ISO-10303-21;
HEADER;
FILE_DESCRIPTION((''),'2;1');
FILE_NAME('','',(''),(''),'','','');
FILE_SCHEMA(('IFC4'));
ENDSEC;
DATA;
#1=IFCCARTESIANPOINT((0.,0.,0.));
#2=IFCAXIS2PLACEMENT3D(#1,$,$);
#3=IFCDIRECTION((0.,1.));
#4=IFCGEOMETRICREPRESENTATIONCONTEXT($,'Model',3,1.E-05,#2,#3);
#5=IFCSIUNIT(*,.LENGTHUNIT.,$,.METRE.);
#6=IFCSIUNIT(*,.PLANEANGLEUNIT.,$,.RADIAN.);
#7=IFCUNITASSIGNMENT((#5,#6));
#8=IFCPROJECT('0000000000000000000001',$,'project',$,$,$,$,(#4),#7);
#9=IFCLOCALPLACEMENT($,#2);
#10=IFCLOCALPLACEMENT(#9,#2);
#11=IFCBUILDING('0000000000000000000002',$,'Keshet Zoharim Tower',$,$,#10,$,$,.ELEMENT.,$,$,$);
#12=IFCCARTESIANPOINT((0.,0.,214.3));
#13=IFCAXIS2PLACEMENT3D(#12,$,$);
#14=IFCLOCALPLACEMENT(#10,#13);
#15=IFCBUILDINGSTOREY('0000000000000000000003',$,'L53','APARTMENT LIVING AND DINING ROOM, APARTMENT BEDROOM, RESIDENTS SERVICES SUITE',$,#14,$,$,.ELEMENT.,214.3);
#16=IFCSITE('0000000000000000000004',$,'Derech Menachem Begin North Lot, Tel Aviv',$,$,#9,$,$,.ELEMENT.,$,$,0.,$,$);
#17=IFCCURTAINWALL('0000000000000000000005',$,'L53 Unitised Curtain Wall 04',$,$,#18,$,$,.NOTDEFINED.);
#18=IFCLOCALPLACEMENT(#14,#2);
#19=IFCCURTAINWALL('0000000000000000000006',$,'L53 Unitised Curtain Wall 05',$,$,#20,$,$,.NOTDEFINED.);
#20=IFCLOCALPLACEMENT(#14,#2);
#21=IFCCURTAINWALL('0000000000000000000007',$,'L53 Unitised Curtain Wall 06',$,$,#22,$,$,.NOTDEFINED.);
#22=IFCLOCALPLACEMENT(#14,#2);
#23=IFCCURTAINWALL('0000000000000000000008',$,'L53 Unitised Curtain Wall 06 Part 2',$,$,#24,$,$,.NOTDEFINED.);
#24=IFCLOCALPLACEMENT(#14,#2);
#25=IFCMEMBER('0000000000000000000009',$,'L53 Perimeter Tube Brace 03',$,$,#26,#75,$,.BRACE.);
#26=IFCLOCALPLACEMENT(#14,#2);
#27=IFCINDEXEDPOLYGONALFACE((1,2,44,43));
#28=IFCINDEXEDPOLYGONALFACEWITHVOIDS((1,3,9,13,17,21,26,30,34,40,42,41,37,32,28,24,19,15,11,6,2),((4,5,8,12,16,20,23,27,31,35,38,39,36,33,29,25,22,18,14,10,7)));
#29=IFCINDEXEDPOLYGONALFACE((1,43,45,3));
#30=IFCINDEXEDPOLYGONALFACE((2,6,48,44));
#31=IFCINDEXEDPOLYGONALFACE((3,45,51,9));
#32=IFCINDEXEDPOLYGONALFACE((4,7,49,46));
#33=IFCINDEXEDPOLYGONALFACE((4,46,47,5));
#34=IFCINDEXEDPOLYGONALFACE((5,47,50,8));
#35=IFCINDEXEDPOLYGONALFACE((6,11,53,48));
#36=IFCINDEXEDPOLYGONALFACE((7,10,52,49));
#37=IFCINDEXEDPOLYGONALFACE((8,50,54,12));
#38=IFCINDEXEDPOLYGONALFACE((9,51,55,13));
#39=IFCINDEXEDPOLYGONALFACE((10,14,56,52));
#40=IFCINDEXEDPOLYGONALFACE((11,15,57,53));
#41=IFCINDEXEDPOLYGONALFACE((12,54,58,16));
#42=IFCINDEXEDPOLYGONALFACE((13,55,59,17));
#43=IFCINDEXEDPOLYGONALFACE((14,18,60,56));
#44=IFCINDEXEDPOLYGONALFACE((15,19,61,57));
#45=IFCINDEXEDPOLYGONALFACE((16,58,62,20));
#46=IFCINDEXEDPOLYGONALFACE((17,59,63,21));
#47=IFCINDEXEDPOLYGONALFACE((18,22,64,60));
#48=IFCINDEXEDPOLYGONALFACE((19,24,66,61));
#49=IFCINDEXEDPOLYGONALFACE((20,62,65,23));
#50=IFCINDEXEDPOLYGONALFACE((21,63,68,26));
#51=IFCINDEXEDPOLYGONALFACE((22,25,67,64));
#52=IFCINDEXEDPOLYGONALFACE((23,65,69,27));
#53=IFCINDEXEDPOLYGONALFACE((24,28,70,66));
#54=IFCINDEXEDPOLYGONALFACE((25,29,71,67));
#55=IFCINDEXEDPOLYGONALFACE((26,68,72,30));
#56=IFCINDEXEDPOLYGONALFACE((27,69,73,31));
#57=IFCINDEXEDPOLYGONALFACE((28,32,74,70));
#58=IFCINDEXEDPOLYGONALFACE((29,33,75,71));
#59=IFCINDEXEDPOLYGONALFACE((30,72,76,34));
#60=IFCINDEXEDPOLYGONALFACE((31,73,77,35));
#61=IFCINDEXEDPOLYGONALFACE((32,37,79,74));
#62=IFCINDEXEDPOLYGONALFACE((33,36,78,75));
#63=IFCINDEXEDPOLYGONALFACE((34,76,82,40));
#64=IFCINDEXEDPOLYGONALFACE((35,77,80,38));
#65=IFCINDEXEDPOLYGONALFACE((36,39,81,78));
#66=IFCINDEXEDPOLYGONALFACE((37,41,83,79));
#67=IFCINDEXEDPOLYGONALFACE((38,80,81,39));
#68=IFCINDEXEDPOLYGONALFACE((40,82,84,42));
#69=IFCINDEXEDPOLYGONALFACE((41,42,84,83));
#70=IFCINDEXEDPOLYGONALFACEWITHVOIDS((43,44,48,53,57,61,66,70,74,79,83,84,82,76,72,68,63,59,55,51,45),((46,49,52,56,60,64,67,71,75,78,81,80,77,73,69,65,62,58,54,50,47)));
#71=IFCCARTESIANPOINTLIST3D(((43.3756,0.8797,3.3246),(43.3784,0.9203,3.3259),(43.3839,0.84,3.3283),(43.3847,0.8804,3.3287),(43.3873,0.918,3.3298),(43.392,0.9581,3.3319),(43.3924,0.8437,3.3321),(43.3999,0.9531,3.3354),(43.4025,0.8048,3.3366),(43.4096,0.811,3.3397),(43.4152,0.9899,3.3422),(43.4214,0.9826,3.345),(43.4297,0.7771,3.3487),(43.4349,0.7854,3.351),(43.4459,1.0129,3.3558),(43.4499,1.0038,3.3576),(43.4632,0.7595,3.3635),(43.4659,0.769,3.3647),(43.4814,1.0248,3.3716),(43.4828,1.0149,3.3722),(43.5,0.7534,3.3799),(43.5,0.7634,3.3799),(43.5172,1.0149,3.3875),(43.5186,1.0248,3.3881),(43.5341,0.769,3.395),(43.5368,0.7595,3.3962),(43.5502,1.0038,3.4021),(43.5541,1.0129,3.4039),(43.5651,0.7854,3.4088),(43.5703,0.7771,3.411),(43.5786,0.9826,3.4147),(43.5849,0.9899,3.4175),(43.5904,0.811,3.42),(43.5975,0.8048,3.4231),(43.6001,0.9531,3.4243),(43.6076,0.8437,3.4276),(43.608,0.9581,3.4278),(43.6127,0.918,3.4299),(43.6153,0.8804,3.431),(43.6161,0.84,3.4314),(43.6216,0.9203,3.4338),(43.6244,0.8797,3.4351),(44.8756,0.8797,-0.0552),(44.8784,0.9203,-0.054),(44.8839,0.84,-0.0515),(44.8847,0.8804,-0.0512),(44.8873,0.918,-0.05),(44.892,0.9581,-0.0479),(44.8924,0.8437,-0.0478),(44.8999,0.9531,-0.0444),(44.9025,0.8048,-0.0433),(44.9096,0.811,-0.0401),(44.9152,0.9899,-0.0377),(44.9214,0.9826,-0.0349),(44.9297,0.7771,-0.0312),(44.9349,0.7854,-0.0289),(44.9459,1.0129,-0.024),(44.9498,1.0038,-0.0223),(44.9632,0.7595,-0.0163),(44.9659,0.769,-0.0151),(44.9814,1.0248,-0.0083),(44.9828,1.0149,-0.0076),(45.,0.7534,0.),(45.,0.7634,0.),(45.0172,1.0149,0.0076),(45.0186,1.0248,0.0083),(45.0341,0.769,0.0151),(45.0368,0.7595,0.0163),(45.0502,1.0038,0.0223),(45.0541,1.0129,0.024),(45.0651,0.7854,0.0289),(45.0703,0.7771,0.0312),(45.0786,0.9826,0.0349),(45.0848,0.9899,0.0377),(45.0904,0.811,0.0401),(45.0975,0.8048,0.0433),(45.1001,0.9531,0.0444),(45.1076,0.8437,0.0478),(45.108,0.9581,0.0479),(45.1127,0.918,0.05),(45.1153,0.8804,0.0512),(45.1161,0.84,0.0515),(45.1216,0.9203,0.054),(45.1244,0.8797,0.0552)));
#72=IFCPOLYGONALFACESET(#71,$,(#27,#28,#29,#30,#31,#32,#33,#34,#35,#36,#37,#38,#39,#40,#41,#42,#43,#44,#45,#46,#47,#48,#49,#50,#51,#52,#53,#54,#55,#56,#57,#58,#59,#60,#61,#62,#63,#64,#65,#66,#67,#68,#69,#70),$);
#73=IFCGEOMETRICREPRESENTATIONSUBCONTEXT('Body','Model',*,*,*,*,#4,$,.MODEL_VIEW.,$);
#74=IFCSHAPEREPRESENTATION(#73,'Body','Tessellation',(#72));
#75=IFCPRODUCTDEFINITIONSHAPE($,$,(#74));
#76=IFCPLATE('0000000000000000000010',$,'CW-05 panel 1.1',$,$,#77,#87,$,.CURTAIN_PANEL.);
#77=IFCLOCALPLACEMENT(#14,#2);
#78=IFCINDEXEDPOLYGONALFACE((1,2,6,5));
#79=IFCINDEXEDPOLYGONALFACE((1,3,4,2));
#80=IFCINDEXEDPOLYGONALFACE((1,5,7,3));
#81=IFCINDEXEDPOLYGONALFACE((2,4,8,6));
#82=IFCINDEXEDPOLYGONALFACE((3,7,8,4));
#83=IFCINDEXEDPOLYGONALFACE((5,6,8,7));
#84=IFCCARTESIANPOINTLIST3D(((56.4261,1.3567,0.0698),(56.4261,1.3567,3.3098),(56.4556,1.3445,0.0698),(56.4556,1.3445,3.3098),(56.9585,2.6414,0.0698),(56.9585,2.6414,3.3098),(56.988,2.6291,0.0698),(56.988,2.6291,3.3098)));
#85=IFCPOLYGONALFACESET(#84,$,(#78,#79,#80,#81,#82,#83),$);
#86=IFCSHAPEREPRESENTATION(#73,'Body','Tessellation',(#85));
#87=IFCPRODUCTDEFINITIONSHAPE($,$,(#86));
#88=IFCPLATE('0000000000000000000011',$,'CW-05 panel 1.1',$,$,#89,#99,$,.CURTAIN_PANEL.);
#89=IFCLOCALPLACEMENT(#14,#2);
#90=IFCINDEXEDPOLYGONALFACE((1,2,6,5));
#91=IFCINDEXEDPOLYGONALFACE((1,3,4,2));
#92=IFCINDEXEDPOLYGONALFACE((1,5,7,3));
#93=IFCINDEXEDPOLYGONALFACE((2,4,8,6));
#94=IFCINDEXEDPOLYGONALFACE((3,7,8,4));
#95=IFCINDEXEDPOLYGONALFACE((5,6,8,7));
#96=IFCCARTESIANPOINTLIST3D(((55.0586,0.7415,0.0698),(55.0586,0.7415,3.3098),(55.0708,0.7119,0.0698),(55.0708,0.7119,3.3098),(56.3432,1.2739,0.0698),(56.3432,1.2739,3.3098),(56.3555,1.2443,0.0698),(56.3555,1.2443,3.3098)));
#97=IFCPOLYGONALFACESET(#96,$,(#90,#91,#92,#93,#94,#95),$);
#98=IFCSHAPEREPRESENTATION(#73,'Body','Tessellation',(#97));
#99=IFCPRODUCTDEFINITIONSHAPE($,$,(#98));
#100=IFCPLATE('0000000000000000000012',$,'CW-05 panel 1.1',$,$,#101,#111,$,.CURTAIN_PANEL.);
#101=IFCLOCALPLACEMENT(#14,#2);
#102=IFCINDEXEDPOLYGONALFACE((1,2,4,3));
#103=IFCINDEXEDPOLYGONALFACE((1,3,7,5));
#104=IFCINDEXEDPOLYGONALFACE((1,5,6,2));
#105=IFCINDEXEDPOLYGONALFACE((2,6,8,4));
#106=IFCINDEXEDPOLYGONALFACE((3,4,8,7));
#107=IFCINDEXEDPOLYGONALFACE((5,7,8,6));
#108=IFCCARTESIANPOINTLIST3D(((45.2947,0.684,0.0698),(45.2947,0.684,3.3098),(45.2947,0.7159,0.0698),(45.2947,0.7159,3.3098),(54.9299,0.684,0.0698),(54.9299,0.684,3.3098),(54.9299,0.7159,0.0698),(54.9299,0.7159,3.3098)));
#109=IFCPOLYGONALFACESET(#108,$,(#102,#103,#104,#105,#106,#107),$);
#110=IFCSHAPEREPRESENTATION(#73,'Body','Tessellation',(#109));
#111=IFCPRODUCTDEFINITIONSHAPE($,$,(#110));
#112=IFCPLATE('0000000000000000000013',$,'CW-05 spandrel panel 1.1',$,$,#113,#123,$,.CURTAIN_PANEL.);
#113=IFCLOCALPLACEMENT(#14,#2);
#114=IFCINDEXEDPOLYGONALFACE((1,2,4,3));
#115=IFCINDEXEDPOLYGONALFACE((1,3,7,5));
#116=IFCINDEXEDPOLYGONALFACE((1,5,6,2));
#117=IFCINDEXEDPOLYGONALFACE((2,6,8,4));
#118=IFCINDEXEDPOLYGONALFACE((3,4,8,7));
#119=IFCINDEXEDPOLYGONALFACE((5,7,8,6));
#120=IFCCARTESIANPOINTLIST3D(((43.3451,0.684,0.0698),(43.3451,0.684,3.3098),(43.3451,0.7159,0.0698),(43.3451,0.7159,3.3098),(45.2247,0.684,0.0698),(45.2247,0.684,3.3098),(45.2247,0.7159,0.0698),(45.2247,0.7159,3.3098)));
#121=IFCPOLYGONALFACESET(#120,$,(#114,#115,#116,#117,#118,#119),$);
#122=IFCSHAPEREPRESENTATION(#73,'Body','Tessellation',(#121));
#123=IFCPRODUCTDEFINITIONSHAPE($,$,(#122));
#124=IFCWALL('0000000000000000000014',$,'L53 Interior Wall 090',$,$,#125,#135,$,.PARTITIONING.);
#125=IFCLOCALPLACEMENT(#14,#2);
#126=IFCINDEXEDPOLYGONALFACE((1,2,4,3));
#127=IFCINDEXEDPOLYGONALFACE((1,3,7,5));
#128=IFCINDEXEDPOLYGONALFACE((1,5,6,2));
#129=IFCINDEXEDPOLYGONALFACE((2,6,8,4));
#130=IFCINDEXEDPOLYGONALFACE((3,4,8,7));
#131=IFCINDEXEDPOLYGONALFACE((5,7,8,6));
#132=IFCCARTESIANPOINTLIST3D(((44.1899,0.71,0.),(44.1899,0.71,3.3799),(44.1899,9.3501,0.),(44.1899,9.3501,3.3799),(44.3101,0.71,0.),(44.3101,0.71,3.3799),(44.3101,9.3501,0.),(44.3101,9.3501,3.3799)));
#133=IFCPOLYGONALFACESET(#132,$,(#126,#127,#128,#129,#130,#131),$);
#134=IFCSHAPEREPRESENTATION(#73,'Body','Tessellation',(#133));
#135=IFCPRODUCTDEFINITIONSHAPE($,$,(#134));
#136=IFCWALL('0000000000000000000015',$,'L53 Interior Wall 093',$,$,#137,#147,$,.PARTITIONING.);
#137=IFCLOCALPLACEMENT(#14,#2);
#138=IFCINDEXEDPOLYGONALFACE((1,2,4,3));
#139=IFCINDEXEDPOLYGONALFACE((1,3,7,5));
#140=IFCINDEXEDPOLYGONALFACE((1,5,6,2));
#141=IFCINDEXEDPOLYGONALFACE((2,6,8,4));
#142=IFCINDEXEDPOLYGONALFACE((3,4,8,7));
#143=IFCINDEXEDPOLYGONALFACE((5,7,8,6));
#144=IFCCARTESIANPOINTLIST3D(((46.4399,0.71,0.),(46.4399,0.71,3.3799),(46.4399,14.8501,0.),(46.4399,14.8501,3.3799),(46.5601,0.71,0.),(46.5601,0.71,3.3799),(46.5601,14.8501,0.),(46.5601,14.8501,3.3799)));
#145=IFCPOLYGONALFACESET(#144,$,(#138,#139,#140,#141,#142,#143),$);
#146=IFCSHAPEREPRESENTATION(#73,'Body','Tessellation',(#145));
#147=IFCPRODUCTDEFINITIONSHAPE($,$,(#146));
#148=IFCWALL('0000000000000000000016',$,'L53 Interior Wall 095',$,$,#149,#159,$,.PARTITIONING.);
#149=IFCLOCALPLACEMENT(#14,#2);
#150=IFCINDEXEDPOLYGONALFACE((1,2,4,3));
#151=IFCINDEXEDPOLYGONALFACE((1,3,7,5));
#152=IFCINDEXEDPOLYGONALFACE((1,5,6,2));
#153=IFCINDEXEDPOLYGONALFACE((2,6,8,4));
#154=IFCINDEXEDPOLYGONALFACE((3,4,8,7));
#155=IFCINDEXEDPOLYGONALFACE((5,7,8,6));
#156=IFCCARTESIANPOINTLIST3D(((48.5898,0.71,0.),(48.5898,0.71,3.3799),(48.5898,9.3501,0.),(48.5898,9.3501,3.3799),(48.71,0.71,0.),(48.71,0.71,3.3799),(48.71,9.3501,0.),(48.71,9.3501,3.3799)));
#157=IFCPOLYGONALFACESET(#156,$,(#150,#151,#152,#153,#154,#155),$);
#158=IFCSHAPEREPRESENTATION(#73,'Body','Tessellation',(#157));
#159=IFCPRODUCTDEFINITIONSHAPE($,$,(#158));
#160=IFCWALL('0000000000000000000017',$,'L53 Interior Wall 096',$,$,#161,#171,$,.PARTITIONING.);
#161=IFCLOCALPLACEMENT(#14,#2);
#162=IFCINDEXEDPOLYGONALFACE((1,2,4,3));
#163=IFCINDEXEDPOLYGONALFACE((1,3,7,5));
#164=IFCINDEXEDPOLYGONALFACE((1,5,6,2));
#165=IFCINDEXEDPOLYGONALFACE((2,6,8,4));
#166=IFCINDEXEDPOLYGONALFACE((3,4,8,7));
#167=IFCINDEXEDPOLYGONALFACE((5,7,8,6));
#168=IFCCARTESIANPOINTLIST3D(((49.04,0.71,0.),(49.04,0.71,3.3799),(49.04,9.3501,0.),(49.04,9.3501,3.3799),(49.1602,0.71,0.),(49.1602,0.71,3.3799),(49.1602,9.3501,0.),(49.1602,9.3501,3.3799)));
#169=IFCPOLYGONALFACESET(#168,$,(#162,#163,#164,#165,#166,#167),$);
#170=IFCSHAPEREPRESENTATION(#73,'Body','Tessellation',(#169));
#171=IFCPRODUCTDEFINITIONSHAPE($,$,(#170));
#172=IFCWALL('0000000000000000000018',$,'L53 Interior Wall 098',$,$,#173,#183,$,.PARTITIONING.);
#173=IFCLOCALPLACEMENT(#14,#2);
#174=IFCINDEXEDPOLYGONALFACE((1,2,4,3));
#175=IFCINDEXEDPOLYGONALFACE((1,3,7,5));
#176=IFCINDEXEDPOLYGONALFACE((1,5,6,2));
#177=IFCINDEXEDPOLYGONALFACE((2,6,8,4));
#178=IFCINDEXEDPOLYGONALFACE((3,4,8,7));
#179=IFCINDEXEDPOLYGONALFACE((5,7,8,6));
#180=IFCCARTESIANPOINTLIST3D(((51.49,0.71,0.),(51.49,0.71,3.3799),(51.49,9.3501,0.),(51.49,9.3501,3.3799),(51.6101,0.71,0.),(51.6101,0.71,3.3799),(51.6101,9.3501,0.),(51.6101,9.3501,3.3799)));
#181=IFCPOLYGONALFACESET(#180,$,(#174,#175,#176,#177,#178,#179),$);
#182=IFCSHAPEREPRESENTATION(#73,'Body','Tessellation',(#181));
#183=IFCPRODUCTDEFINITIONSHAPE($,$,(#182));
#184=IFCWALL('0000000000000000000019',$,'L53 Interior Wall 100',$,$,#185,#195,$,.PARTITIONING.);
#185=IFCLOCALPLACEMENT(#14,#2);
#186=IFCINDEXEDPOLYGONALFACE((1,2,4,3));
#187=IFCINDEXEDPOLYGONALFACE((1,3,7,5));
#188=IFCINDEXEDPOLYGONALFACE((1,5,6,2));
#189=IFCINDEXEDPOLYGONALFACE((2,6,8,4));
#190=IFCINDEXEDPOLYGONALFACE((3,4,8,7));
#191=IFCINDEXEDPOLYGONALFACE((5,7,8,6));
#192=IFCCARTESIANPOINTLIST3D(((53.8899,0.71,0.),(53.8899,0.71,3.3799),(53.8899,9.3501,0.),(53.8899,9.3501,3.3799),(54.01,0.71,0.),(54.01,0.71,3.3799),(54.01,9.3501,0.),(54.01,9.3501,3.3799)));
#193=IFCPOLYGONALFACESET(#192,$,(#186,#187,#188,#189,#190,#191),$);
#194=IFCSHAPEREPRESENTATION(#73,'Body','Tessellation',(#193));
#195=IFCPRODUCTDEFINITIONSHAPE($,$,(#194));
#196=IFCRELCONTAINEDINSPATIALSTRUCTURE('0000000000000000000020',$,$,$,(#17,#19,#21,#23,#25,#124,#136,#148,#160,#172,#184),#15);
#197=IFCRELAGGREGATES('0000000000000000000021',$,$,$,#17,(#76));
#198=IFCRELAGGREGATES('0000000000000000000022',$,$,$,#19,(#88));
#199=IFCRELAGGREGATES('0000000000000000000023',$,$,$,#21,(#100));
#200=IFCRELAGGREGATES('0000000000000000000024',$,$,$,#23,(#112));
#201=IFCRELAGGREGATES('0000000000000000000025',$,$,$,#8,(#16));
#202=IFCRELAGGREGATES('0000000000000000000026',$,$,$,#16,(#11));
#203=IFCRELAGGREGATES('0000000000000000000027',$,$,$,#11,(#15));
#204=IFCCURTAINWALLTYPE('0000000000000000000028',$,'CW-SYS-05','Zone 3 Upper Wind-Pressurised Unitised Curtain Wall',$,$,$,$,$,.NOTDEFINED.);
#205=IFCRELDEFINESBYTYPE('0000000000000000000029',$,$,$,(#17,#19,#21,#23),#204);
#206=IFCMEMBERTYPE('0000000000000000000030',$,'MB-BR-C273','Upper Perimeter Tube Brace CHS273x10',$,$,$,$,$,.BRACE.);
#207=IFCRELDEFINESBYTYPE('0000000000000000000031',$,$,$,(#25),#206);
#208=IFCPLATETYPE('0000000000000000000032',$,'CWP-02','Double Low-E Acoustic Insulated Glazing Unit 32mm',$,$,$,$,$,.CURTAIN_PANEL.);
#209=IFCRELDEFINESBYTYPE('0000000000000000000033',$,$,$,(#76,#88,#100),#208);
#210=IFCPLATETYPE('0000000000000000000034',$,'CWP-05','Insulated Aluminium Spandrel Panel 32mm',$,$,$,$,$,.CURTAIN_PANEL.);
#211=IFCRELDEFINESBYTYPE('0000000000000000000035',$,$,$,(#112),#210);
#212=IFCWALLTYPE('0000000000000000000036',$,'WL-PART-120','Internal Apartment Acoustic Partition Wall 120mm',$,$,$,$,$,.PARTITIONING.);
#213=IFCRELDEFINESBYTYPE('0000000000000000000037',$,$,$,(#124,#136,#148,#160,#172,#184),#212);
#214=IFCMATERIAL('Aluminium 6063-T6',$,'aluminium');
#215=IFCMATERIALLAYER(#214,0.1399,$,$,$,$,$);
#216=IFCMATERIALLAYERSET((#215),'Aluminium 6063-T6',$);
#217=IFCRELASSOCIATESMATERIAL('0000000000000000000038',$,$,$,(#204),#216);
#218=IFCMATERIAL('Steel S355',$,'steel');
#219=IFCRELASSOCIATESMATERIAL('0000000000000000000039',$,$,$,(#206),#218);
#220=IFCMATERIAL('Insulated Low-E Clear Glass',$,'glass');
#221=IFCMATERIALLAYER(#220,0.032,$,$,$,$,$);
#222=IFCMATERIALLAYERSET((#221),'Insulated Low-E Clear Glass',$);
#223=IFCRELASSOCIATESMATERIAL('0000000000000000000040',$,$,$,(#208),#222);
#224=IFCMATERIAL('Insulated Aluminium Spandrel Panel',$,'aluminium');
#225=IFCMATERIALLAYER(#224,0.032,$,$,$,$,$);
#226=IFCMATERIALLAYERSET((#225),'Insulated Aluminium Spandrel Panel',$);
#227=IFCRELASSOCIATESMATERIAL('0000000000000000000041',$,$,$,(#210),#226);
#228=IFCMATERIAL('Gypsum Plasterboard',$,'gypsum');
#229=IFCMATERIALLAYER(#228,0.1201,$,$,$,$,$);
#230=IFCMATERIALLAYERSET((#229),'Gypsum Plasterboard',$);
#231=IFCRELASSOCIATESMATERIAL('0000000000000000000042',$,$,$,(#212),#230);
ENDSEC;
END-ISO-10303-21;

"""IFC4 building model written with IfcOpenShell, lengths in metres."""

from ifc_helpers import new_model, si_unit, direction, frame, frame_2d, origin, origin_2d, place, context, subcontext, project, spatial, rectangle, hollow_circle, extrude, material, layer, layer_set, material_profile, profile_set, type_object, element, aggregate, save


model = new_model("IFC4")

# Units and contexts
model_context = context("Model", 3, precision=1e-05, world=origin(), true_north=direction((0.0, 1.0)))
body_context = subcontext(model_context, "Body", "Model", "MODEL_VIEW")
ifc_project = project(units=[si_unit("LENGTHUNIT", "METRE"), si_unit("PLANEANGLEUNIT", "RADIAN")], contexts=[model_context])

# Site, building, storey
site_placement = place(None, origin())
site = spatial("IfcSite", under=ifc_project, at=site_placement, Name="Derech Menachem Begin North Lot, Tel Aviv", CompositionType="ELEMENT", RefElevation=0.0)
building_placement = place(site_placement, origin())
building = spatial("IfcBuilding", under=site, at=building_placement, Name="Keshet Zoharim Tower", CompositionType="ELEMENT")
storey_placement = place(building_placement, frame((0.0, 0.0, 214.3)))
storey = spatial("IfcBuildingStorey", under=building, at=storey_placement, Name="L53", Description="APARTMENT LIVING AND DINING ROOM, APARTMENT BEDROOM, RESIDENTS SERVICES SUITE", CompositionType="ELEMENT", Elevation=214.3)

# Shared definitions
ifc_material_1 = material(Name="Steel S355", Category="steel")

# Curtain walls
ifc_material_2 = material(Name="Aluminium 6063-T6", Category="aluminium")
ifc_layer_1 = layer(ifc_material_2, 0.1399)
ifc_layer_set_1 = layer_set([ifc_layer_1], Name="Aluminium 6063-T6")
curtain_wall_type = type_object("IfcCurtainWallType", Name="CW-SYS-05", Description="Zone 3 Upper Wind-Pressurised Unitised Curtain Wall", PredefinedType="NOTDEFINED", material=ifc_layer_set_1)
curtain_wall_1_placement = place(storey_placement, origin())
curtain_wall_1 = element("IfcCurtainWall", 1, at=curtain_wall_1_placement, inside=storey, type_object=curtain_wall_type, Name="L53 Unitised Curtain Wall 04", PredefinedType="NOTDEFINED")
curtain_wall_2_placement = place(storey_placement, origin())
curtain_wall_2 = element("IfcCurtainWall", 2, at=curtain_wall_2_placement, inside=storey, type_object=curtain_wall_type, Name="L53 Unitised Curtain Wall 05", PredefinedType="NOTDEFINED")
curtain_wall_3_placement = place(storey_placement, origin())
curtain_wall_3 = element("IfcCurtainWall", 3, at=curtain_wall_3_placement, inside=storey, type_object=curtain_wall_type, Name="L53 Unitised Curtain Wall 06", PredefinedType="NOTDEFINED")

# Curtain wall
curtain_wall_4_placement = place(storey_placement, origin())
curtain_wall_4 = element("IfcCurtainWall", 4, at=curtain_wall_4_placement, inside=storey, type_object=curtain_wall_type, Name="L53 Unitised Curtain Wall 06 Part 2", PredefinedType="NOTDEFINED")

# Member
ifc_material_profile_1 = material_profile(ifc_material_1, hollow_circle(Radius=0.1365, WallThickness=0.01, at=origin_2d()), Name="CHS273x10")
ifc_profile_set_1 = profile_set([ifc_material_profile_1], Name="Steel S355")
member_type_1 = type_object("IfcMemberType", Name="MB-BR-C273", Description="Upper Perimeter Tube Brace CHS273x10", PredefinedType="BRACE", material=ifc_profile_set_1)
member_1_placement = place(storey_placement, frame((45.0, 0.8899, 0.0), z_axis=(-0.405648, 0.0, 0.914029), x_axis=(0.0, -1.0, 0.0)))
element("IfcMember", 5, at=member_1_placement, inside=storey, type_object=member_type_1, Name="L53 Perimeter Tube Brace 03", PredefinedType="BRACE", context=body_context, shape_type="SweptSolid", body=[
    extrude(hollow_circle(Radius=0.1365, WallThickness=0.01, at=origin_2d()), origin(), (0.0, 0.0, 1.0), 3.6978),
])

# Plates
ifc_material_3 = material(Name="Insulated Low-E Clear Glass", Category="glass")
ifc_layer_2 = layer(ifc_material_3, 0.032)
ifc_layer_set_2 = layer_set([ifc_layer_2], Name="Insulated Low-E Clear Glass")
plate_type_1 = type_object("IfcPlateType", Name="CWP-02", Description="Double Low-E Acoustic Insulated Glazing Unit 32mm", PredefinedType="CURTAIN_PANEL", material=ifc_layer_set_2)
plate_1_placement = place(storey_placement, frame((56.707, 1.9929, 0.0698), z_axis=(0.0, 0.0, 1.0), x_axis=(-0.382852, -0.92381, 0.0)))
plate_1 = element("IfcPlate", 6, at=plate_1_placement, type_object=plate_type_1, Name="CW-05 panel 1.1", PredefinedType="CURTAIN_PANEL", context=body_context, shape_type="SweptSolid", body=[
    extrude(rectangle(XDim=1.3906, YDim=0.032, at=origin_2d()), origin(), (0.0, 0.0, 1.0), 3.24),
])
aggregate(curtain_wall_1, [plate_1])
plate_2_placement = place(storey_placement, frame((55.707, 0.9929, 0.0698), z_axis=(0.0, 0.0, 1.0), x_axis=(-0.92381, -0.382852, 0.0)))
plate_2 = element("IfcPlate", 7, at=plate_2_placement, type_object=plate_type_1, Name="CW-05 panel 1.1", PredefinedType="CURTAIN_PANEL", context=body_context, shape_type="SweptSolid", body=[
    extrude(rectangle(XDim=1.3906, YDim=0.032, at=origin_2d()), origin(), (0.0, 0.0, 1.0), 3.24),
])
aggregate(curtain_wall_2, [plate_2])
plate_3_placement = place(storey_placement, frame((50.1123, 0.7, 0.0698), z_axis=(0.0, 0.0, 1.0), x_axis=(-1.0, 0.0, 0.0)))
plate_3 = element("IfcPlate", 8, at=plate_3_placement, type_object=plate_type_1, Name="CW-05 panel 1.1", PredefinedType="CURTAIN_PANEL", context=body_context, shape_type="SweptSolid", body=[
    extrude(rectangle(XDim=9.6353, YDim=0.032, at=origin_2d()), origin(), (0.0, 0.0, 1.0), 3.24),
])
aggregate(curtain_wall_3, [plate_3])
ifc_material_4 = material(Name="Insulated Aluminium Spandrel Panel", Category="aluminium")
ifc_layer_3 = layer(ifc_material_4, 0.032)
ifc_layer_set_3 = layer_set([ifc_layer_3], Name="Insulated Aluminium Spandrel Panel")
plate_type_2 = type_object("IfcPlateType", Name="CWP-05", Description="Insulated Aluminium Spandrel Panel 32mm", PredefinedType="CURTAIN_PANEL", material=ifc_layer_set_3)
plate_4_placement = place(storey_placement, frame((44.2849, 0.7, 0.0698), z_axis=(0.0, 0.0, 1.0), x_axis=(-1.0, 0.0, 0.0)))
plate_4 = element("IfcPlate", 9, at=plate_4_placement, type_object=plate_type_2, Name="CW-05 spandrel panel 1.1", PredefinedType="CURTAIN_PANEL", context=body_context, shape_type="SweptSolid", body=[
    extrude(rectangle(XDim=1.8796, YDim=0.032, at=origin_2d()), origin(), (0.0, 0.0, 1.0), 3.24),
])
aggregate(curtain_wall_4, [plate_4])

# Walls
ifc_material_5 = material(Name="Gypsum Plasterboard", Category="gypsum")
ifc_layer_4 = layer(ifc_material_5, 0.1201)
ifc_layer_set_4 = layer_set([ifc_layer_4], Name="Gypsum Plasterboard")
wall_type = type_object("IfcWallType", Name="WL-PART-120", Description="Internal Apartment Acoustic Partition Wall 120mm", PredefinedType="PARTITIONING", material=ifc_layer_set_4)
wall_1_placement = place(storey_placement, frame((44.25, 0.71, 0.0), z_axis=(0.0, 0.0, 1.0), x_axis=(0.0, 1.0, 0.0)))
element("IfcWall", 10, at=wall_1_placement, inside=storey, type_object=wall_type, Name="L53 Interior Wall 090", PredefinedType="PARTITIONING", context=body_context, shape_type="SweptSolid", body=[
    extrude(rectangle(XDim=8.6401, YDim=0.1201, at=frame_2d((4.3201, 0.0))), origin(), (0.0, 0.0, 1.0), 3.3799),
])
wall_2_placement = place(storey_placement, frame((46.5, 0.71, 0.0), z_axis=(0.0, 0.0, 1.0), x_axis=(0.0, 1.0, 0.0)))
element("IfcWall", 11, at=wall_2_placement, inside=storey, type_object=wall_type, Name="L53 Interior Wall 093", PredefinedType="PARTITIONING", context=body_context, shape_type="SweptSolid", body=[
    extrude(rectangle(XDim=14.1401, YDim=0.1201, at=frame_2d((7.0701, 0.0))), origin(), (0.0, 0.0, 1.0), 3.3799),
])
for number, where, z_axis, x_axis, name in (
    (12, (48.6499, 0.71, 0.0), (0.0, 0.0, 1.0), (0.0, 1.0, 0.0), "L53 Interior Wall 095"),
    (13, (49.1001, 0.71, 0.0), (0.0, 0.0, 1.0), (0.0, 1.0, 0.0), "L53 Interior Wall 096"),
    (14, (51.55, 0.71, 0.0), (0.0, 0.0, 1.0), (0.0, 1.0, 0.0), "L53 Interior Wall 098"),
    (15, (53.95, 0.71, 0.0), (0.0, 0.0, 1.0), (0.0, 1.0, 0.0), "L53 Interior Wall 100"),
):
    element("IfcWall", number, at=place(storey_placement, frame(where, z_axis=z_axis, x_axis=x_axis)), inside=storey, type_object=wall_type, Name=name, PredefinedType="PARTITIONING", context=body_context, shape_type="SweptSolid", body=[
        extrude(rectangle(XDim=8.6401, YDim=0.1201, at=frame_2d((4.3201, 0.0))), origin(), (0.0, 0.0, 1.0), 3.3799),
    ])

save(model, "model.ifc")
